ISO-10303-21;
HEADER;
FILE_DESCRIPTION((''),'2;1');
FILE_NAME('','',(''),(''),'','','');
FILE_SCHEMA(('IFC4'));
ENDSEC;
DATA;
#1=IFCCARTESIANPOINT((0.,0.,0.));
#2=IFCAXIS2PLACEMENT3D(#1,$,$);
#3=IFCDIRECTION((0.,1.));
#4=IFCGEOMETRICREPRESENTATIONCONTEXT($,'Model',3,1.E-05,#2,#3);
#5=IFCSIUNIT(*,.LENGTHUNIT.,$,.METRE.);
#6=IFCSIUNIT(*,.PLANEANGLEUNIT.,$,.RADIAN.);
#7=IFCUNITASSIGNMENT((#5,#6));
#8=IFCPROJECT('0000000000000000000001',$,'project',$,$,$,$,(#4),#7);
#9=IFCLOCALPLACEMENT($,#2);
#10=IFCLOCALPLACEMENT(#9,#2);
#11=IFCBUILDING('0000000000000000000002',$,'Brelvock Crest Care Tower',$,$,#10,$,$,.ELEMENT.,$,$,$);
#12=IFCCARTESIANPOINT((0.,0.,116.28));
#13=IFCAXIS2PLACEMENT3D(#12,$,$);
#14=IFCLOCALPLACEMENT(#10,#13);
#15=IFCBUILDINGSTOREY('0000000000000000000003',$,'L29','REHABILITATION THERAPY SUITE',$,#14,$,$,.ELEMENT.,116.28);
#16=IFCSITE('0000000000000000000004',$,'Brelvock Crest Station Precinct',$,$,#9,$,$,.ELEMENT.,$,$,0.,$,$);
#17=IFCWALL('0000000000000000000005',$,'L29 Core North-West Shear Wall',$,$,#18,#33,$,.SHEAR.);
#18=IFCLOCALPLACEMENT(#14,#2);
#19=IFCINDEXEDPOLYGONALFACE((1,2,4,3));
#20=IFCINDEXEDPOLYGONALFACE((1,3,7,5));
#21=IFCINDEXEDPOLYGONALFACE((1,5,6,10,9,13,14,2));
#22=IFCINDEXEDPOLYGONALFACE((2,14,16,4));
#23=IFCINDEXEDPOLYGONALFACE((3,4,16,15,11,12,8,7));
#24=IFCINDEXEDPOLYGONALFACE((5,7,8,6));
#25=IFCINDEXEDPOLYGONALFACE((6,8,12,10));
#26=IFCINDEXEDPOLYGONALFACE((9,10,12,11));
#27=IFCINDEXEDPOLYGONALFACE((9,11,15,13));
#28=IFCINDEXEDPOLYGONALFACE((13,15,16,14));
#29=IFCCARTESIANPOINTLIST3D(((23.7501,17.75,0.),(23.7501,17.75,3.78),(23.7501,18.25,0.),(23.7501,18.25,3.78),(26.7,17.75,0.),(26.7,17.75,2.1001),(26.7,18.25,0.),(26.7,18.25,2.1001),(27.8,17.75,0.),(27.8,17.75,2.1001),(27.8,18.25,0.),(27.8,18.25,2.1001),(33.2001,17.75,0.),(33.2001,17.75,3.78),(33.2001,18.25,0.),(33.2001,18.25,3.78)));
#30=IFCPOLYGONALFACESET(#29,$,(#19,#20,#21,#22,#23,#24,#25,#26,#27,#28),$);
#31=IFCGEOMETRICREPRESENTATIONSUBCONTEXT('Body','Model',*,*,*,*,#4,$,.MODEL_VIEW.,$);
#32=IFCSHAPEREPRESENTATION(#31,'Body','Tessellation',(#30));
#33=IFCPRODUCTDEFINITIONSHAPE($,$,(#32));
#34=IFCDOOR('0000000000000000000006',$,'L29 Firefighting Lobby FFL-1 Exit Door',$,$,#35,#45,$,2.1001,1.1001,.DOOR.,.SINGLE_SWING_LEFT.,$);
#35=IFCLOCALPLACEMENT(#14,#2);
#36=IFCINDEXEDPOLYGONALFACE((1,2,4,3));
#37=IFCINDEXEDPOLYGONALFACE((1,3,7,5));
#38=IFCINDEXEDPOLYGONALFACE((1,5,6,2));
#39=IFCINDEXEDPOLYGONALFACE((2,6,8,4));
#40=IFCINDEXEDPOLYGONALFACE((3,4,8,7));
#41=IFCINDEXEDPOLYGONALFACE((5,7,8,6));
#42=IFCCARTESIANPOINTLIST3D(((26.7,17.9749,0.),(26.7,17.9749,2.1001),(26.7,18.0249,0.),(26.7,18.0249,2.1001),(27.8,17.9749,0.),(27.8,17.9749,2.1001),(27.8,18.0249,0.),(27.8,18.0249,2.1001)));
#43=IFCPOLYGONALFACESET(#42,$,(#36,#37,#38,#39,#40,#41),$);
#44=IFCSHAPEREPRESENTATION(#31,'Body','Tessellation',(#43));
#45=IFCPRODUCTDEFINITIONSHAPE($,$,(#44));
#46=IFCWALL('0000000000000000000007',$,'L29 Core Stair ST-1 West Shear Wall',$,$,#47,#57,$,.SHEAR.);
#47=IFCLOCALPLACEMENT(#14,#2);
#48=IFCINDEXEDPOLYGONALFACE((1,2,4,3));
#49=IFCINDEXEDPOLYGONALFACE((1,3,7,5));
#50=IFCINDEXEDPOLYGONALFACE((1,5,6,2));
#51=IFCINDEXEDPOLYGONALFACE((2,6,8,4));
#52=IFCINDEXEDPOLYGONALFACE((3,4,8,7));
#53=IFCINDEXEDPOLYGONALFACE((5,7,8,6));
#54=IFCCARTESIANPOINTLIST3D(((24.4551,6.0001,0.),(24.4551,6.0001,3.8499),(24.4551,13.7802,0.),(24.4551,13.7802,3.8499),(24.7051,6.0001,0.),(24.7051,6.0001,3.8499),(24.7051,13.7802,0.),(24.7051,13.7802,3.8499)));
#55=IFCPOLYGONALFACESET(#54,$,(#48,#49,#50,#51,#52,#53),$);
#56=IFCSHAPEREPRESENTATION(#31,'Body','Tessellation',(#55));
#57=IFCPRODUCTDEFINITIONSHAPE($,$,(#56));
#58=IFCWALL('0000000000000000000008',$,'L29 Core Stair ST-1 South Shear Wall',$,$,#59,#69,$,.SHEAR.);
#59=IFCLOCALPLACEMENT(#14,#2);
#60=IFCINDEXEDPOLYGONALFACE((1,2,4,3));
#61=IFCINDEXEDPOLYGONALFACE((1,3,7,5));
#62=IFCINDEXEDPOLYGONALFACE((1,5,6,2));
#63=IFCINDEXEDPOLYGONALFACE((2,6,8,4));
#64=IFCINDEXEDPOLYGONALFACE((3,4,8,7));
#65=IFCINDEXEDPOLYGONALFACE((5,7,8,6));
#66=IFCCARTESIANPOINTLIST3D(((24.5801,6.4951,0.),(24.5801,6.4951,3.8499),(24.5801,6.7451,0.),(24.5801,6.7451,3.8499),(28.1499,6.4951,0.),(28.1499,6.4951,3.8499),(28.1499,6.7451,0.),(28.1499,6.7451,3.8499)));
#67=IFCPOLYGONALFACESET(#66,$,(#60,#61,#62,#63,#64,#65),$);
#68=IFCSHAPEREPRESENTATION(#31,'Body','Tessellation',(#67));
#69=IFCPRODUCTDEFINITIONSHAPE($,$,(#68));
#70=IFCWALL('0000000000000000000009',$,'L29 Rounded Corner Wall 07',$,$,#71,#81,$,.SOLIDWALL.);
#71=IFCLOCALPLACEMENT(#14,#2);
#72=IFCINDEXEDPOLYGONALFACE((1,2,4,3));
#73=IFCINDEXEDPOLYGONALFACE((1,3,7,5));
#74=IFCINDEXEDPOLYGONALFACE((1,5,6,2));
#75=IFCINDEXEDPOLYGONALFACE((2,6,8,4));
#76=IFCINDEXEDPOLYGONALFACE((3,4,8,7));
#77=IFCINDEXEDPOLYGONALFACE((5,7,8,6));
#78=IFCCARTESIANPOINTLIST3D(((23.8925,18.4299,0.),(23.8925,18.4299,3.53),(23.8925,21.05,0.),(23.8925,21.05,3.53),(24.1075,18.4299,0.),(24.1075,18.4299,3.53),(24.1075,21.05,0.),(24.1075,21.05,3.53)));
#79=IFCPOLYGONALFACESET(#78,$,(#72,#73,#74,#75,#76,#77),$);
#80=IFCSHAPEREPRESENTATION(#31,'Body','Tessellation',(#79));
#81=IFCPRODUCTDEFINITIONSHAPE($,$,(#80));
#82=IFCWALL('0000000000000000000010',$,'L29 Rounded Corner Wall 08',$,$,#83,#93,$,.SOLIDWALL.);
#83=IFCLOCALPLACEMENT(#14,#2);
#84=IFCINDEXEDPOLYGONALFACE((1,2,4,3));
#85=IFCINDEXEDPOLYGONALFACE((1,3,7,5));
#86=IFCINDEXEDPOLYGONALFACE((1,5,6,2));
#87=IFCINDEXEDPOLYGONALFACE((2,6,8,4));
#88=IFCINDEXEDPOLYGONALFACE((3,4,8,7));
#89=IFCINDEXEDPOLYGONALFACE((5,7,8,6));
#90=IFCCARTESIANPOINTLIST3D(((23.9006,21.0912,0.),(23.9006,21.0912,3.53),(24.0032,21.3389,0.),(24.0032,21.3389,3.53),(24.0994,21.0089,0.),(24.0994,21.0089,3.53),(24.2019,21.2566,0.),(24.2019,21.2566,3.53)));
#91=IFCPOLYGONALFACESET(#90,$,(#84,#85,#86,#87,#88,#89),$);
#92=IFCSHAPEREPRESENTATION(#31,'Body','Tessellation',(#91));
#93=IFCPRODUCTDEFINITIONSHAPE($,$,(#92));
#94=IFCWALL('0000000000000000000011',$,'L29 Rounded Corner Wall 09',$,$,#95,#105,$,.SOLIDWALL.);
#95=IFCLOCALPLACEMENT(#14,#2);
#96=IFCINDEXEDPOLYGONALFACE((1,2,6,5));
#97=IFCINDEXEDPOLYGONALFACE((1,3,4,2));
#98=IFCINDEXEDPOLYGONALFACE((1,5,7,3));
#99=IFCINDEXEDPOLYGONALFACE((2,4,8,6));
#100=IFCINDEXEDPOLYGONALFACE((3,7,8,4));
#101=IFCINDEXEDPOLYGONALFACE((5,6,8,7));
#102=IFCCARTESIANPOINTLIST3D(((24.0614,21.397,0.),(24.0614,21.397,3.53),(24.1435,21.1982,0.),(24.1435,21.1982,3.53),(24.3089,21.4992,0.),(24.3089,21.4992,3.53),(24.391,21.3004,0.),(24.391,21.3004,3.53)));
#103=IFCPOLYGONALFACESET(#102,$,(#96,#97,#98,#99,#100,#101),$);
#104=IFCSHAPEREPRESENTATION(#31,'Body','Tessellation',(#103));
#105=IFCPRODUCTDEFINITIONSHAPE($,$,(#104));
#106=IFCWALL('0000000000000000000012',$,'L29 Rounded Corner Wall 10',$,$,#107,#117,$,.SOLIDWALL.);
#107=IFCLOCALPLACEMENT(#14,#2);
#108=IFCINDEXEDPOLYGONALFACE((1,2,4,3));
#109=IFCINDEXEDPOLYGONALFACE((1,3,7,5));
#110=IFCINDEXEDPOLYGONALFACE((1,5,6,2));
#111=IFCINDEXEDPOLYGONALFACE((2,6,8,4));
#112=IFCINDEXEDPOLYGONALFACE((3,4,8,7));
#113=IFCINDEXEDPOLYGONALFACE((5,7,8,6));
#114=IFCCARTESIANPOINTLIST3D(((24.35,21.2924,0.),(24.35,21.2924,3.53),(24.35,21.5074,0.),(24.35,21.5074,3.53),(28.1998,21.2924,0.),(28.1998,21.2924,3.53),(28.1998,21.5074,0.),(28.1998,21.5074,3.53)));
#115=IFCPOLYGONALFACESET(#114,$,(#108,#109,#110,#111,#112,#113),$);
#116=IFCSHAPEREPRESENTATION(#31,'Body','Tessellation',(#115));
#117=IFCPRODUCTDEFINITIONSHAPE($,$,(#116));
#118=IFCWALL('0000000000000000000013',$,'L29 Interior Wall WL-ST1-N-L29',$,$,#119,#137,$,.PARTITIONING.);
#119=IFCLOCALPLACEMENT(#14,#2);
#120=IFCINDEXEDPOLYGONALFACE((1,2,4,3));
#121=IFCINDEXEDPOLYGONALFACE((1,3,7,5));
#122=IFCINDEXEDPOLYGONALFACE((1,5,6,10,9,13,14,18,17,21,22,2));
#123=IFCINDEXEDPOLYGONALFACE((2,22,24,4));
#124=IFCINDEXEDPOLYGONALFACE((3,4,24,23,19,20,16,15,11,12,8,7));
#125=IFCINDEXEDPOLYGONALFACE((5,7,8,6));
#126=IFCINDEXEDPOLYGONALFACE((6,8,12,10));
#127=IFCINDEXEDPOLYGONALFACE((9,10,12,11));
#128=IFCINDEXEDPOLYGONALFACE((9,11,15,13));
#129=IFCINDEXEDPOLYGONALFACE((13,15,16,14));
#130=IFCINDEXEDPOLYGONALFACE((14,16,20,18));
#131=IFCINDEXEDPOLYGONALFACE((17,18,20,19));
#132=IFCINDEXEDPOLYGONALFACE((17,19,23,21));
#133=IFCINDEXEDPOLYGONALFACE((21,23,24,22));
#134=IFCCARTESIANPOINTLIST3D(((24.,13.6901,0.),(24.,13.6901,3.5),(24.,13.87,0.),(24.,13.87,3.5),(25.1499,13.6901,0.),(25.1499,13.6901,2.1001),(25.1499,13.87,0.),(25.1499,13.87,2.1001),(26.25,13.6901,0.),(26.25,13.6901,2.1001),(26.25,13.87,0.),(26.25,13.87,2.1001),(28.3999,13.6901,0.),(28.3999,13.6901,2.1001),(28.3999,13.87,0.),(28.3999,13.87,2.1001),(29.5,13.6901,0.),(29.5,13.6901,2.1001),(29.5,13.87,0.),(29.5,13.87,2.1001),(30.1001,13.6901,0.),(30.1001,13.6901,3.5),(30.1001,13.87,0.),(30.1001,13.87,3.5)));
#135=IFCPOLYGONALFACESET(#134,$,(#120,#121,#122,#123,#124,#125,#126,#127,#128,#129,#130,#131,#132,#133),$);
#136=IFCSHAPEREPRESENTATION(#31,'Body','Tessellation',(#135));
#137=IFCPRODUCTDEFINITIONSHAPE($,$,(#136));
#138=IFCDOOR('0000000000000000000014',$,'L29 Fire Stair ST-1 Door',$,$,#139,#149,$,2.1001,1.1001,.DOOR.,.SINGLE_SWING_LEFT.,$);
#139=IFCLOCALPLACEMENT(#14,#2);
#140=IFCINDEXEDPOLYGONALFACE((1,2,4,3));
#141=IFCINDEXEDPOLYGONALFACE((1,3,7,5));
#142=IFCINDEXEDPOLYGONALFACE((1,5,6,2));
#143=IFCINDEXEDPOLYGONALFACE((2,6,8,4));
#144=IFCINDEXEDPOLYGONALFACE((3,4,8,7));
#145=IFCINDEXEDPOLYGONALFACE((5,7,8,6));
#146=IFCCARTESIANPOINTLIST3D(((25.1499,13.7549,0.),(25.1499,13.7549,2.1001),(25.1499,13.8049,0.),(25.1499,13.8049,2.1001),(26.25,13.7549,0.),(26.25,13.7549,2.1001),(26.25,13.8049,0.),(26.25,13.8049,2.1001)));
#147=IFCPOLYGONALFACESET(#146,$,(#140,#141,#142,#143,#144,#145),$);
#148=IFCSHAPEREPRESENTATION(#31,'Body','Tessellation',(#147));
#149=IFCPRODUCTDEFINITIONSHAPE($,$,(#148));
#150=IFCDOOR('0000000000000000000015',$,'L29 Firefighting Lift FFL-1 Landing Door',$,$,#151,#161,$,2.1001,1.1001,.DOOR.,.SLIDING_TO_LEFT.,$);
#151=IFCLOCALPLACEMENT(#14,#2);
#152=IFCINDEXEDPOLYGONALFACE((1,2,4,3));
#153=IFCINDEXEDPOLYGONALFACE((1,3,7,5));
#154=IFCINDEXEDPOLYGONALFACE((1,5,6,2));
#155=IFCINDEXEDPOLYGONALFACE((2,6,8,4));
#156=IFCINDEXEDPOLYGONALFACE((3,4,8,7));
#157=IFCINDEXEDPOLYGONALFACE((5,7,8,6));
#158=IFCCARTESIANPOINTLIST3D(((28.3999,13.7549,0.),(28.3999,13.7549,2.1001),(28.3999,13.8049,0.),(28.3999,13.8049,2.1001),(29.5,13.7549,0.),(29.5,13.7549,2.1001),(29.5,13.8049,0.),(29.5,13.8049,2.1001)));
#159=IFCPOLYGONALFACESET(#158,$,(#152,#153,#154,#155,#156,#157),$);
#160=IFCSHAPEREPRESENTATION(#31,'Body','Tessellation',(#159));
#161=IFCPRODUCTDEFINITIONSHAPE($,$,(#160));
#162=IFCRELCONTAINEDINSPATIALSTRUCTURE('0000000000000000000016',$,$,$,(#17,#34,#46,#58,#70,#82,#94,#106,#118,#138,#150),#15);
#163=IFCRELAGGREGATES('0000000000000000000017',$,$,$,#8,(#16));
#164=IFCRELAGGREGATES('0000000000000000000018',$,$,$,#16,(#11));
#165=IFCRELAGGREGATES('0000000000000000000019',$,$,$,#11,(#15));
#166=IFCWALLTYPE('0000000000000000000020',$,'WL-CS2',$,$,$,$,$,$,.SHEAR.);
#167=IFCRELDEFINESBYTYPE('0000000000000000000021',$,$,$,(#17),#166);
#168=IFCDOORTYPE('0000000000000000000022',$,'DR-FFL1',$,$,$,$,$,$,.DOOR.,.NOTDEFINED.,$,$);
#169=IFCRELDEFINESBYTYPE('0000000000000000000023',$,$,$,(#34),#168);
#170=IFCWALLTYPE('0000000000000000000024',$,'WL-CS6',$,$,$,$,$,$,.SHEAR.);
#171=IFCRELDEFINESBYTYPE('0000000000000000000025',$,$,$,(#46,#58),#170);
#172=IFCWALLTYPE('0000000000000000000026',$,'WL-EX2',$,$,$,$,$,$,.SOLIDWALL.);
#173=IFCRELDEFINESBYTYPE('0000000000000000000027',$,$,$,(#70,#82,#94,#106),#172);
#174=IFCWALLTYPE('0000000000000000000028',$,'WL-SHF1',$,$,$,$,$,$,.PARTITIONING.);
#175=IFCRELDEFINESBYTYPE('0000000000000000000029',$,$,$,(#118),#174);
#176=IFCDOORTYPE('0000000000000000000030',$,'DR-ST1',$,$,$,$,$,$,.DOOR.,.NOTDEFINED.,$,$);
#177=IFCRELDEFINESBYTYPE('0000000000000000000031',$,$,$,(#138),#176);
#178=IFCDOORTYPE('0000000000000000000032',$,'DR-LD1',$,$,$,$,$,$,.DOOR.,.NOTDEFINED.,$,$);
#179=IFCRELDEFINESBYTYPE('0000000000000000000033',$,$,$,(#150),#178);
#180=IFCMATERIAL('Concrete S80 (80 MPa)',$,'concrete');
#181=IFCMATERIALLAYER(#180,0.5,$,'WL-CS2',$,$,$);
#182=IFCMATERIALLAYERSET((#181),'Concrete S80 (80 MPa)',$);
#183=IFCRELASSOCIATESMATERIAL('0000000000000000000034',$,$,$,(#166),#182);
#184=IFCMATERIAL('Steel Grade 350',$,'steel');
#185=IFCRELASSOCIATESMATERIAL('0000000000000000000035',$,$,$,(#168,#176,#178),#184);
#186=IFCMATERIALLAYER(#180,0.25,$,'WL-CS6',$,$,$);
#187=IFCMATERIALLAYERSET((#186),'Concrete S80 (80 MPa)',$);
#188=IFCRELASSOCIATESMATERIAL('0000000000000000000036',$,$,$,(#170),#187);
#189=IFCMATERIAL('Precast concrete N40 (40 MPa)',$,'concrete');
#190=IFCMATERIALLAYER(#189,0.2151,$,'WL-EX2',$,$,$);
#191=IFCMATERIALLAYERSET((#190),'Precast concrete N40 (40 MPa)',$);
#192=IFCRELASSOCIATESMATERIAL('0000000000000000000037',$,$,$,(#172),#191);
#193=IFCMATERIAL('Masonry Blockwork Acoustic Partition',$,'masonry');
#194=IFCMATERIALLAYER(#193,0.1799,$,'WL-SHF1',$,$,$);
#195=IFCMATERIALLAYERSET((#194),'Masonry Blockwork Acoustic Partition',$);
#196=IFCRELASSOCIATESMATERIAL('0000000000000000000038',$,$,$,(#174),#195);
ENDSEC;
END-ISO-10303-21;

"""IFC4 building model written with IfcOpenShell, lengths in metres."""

from ifc_helpers import new_model, si_unit, direction, frame, frame_2d, origin, origin_2d, place, context, subcontext, project, spatial, rectangle, extrude, source, transform, mapped, material, layer, layer_set, type_object, element, fill, save


model = new_model("IFC4")

# Units and contexts
model_context = context("Model", 3, precision=1e-05, world=origin(), true_north=direction((0.0, 1.0)))
body_context = subcontext(model_context, "Body", "Model", "MODEL_VIEW")
ifc_project = project(units=[si_unit("LENGTHUNIT", "METRE"), si_unit("PLANEANGLEUNIT", "RADIAN")], contexts=[model_context])

# Site, building, storey
site_placement = place(None, origin())
site = spatial("IfcSite", under=ifc_project, at=site_placement, Name="Brelvock Crest Station Precinct", CompositionType="ELEMENT", RefElevation=0.0)
building_placement = place(site_placement, origin())
building = spatial("IfcBuilding", under=site, at=building_placement, Name="Brelvock Crest Care Tower", CompositionType="ELEMENT")
storey_placement = place(building_placement, frame((0.0, 0.0, 116.28)))
storey = spatial("IfcBuildingStorey", under=building, at=storey_placement, Name="L29", Description="REHABILITATION THERAPY SUITE", CompositionType="ELEMENT", Elevation=116.28)

# Shared definitions
ifc_material_1 = material(Name="Concrete S80 (80 MPa)", Category="concrete")

# Shared definitions
ifc_material_2 = material(Name="Steel Grade 350", Category="steel")

# Shared definitions
ifc_layer_1 = layer(ifc_material_1, 0.5, Name="WL-CS2")
ifc_layer_set_1 = layer_set([ifc_layer_1], Name="Concrete S80 (80 MPa)")
wall_type_1 = type_object("IfcWallType", Name="WL-CS2", PredefinedType="SHEAR", material=ifc_layer_set_1)

# Wall, opening, door
wall_1_placement = place(storey_placement, frame((23.75, 18.0, 0.0), z_axis=(0.0, 0.0, 1.0), x_axis=(1.0, 0.0, 0.0)))
wall_1 = element("IfcWall", 1, at=wall_1_placement, inside=storey, type_object=wall_type_1, Name="L29 Core North-West Shear Wall", PredefinedType="SHEAR", context=body_context, shape_type="SweptSolid", body=[
    extrude(rectangle(XDim=9.45, YDim=0.5, at=frame_2d((4.7251, 0.0))), origin(), (0.0, 0.0, 1.0), 3.78),
])
opening_1_placement = place(wall_1_placement, frame((2.95, 0.0, 0.0)))
opening_1 = element("IfcOpeningElement", 2, at=opening_1_placement, cuts=wall_1, PredefinedType="OPENING", context=body_context, shape_type="SweptSolid", body=[
    extrude(rectangle(XDim=1.1001, YDim=2.1001, at=origin_2d()), frame((0.55, 0.26, 1.05), z_axis=(0.0, -1.0, 0.0), x_axis=(1.0, 0.0, 0.0)), (0.0, 0.0, 1.0), 0.52),
])
door_type_1 = type_object("IfcDoorType", Name="DR-FFL1", OperationType="NOTDEFINED", PredefinedType="DOOR", material=ifc_material_2)
shared_shape_1 = source(origin(), body_context, "Body", "SweptSolid", [
    extrude(rectangle(XDim=1.1001, YDim=2.1001, at=origin_2d()), frame((0.55, 0.0249, 1.05), z_axis=(0.0, -1.0, 0.0), x_axis=(1.0, 0.0, 0.0)), (0.0, 0.0, 1.0), 0.05),
])
door_1_placement = place(opening_1_placement, origin())
door_1 = element("IfcDoor", 3, at=door_1_placement, inside=storey, type_object=door_type_1, Name="L29 Firefighting Lobby FFL-1 Exit Door", OperationType="SINGLE_SWING_LEFT", OverallHeight=2.1001, OverallWidth=1.1001, PredefinedType="DOOR", context=body_context, shape_type="MappedRepresentation", body=[
    mapped(shared_shape_1, transform((0.0, 0.0, 0.0), x_axis=(1.0, 0.0, 0.0), y_axis=(0.0, 1.0, 0.0), z_axis=(0.0, 0.0, 1.0), scale=1.0)),
])
fill(opening_1, door_1)

# Walls
ifc_layer_2 = layer(ifc_material_1, 0.25, Name="WL-CS6")
ifc_layer_set_2 = layer_set([ifc_layer_2], Name="Concrete S80 (80 MPa)")
wall_type_2 = type_object("IfcWallType", Name="WL-CS6", PredefinedType="SHEAR", material=ifc_layer_set_2)
wall_2_placement = place(storey_placement, frame((24.5801, 6.0, 0.0), z_axis=(0.0, 0.0, 1.0), x_axis=(0.0, 1.0, 0.0)))
element("IfcWall", 4, at=wall_2_placement, inside=storey, type_object=wall_type_2, Name="L29 Core Stair ST-1 West Shear Wall", PredefinedType="SHEAR", context=body_context, shape_type="SweptSolid", body=[
    extrude(rectangle(XDim=7.78, YDim=0.25, at=frame_2d((3.8901, 0.0))), origin(), (0.0, 0.0, 1.0), 3.8499),
])
wall_3_placement = place(storey_placement, frame((24.5801, 6.6201, 0.0), z_axis=(0.0, 0.0, 1.0), x_axis=(1.0, 0.0, 0.0)))
element("IfcWall", 5, at=wall_3_placement, inside=storey, type_object=wall_type_2, Name="L29 Core Stair ST-1 South Shear Wall", PredefinedType="SHEAR", context=body_context, shape_type="SweptSolid", body=[
    extrude(rectangle(XDim=3.5698, YDim=0.25, at=frame_2d((1.7849, 0.0))), origin(), (0.0, 0.0, 1.0), 3.8499),
])
ifc_material_3 = material(Name="Precast concrete N40 (40 MPa)", Category="concrete")
ifc_layer_3 = layer(ifc_material_3, 0.2151, Name="WL-EX2")
ifc_layer_set_3 = layer_set([ifc_layer_3], Name="Precast concrete N40 (40 MPa)")
wall_type_3 = type_object("IfcWallType", Name="WL-EX2", PredefinedType="SOLIDWALL", material=ifc_layer_set_3)
wall_4_placement = place(storey_placement, frame((24.0, 18.4299, 0.0), z_axis=(0.0, 0.0, 1.0), x_axis=(0.0, 1.0, 0.0)))
element("IfcWall", 6, at=wall_4_placement, inside=storey, type_object=wall_type_3, Name="L29 Rounded Corner Wall 07", PredefinedType="SOLIDWALL", context=body_context, shape_type="SweptSolid", body=[
    extrude(rectangle(XDim=2.6201, YDim=0.2151, at=frame_2d((1.3101, 0.0))), origin(), (0.0, 0.0, 1.0), 3.53),
])
wall_5_placement = place(storey_placement, frame((24.0, 21.05, 0.0), z_axis=(0.0, 0.0, 1.0), x_axis=(0.382674, 0.923884, 0.0)))
element("IfcWall", 7, at=wall_5_placement, inside=storey, type_object=wall_type_3, Name="L29 Rounded Corner Wall 08", PredefinedType="SOLIDWALL", context=body_context, shape_type="SweptSolid", body=[
    extrude(rectangle(XDim=0.2681, YDim=0.2151, at=frame_2d((0.134, 0.0))), origin(), (0.0, 0.0, 1.0), 3.53),
])
wall_6_placement = place(storey_placement, frame((24.1025, 21.2976, 0.0), z_axis=(0.0, 0.0, 1.0), x_axis=(0.924205, 0.381896, 0.0)))
element("IfcWall", 8, at=wall_6_placement, inside=storey, type_object=wall_type_3, Name="L29 Rounded Corner Wall 09", PredefinedType="SOLIDWALL", context=body_context, shape_type="SweptSolid", body=[
    extrude(rectangle(XDim=0.2678, YDim=0.2151, at=frame_2d((0.1338, 0.0))), origin(), (0.0, 0.0, 1.0), 3.53),
])
wall_7_placement = place(storey_placement, frame((24.3501, 21.3999, 0.0), z_axis=(0.0, 0.0, 1.0), x_axis=(1.0, 0.0, 0.0)))
element("IfcWall", 9, at=wall_7_placement, inside=storey, type_object=wall_type_3, Name="L29 Rounded Corner Wall 10", PredefinedType="SOLIDWALL", context=body_context, shape_type="SweptSolid", body=[
    extrude(rectangle(XDim=3.8499, YDim=0.2151, at=frame_2d((1.9248, 0.0))), origin(), (0.0, 0.0, 1.0), 3.53),
])

# Wall, openings, doors
ifc_material_4 = material(Name="Masonry Blockwork Acoustic Partition", Category="masonry")
ifc_layer_4 = layer(ifc_material_4, 0.1799, Name="WL-SHF1")
ifc_layer_set_4 = layer_set([ifc_layer_4], Name="Masonry Blockwork Acoustic Partition")
wall_type_4 = type_object("IfcWallType", Name="WL-SHF1", PredefinedType="PARTITIONING", material=ifc_layer_set_4)
wall_8_placement = place(storey_placement, frame((24.0, 13.78, 0.0), z_axis=(0.0, 0.0, 1.0), x_axis=(1.0, 0.0, 0.0)))
wall_8 = element("IfcWall", 10, at=wall_8_placement, inside=storey, type_object=wall_type_4, Name="L29 Interior Wall WL-ST1-N-L29", PredefinedType="PARTITIONING", context=body_context, shape_type="SweptSolid", body=[
    extrude(rectangle(XDim=6.1001, YDim=0.1799, at=frame_2d((3.05, 0.0))), origin(), (0.0, 0.0, 1.0), 3.5),
])
opening_2_placement = place(wall_8_placement, frame((1.1499, 0.0, 0.0)))
opening_2 = element("IfcOpeningElement", 11, at=opening_2_placement, cuts=wall_8, PredefinedType="OPENING", context=body_context, shape_type="SweptSolid", body=[
    extrude(rectangle(XDim=1.1001, YDim=2.1001, at=origin_2d()), frame((0.55, 0.1001, 1.05), z_axis=(0.0, -1.0, 0.0), x_axis=(1.0, 0.0, 0.0)), (0.0, 0.0, 1.0), 0.2),
])
opening_3_placement = place(wall_8_placement, frame((4.3999, 0.0, 0.0)))
opening_3 = element("IfcOpeningElement", 12, at=opening_3_placement, cuts=wall_8, PredefinedType="OPENING", context=body_context, shape_type="SweptSolid", body=[
    extrude(rectangle(XDim=1.1001, YDim=2.1001, at=origin_2d()), frame((0.55, 0.1001, 1.05), z_axis=(0.0, -1.0, 0.0), x_axis=(1.0, 0.0, 0.0)), (0.0, 0.0, 1.0), 0.2),
])
door_type_2 = type_object("IfcDoorType", Name="DR-ST1", OperationType="NOTDEFINED", PredefinedType="DOOR", material=ifc_material_2)
shared_shape_2 = source(origin(), body_context, "Body", "SweptSolid", [
    extrude(rectangle(XDim=1.1001, YDim=2.1001, at=origin_2d()), frame((0.55, 0.0249, 1.05), z_axis=(0.0, -1.0, 0.0), x_axis=(1.0, 0.0, 0.0)), (0.0, 0.0, 1.0), 0.05),
])
door_2_placement = place(opening_2_placement, origin())
door_2 = element("IfcDoor", 13, at=door_2_placement, inside=storey, type_object=door_type_2, Name="L29 Fire Stair ST-1 Door", OperationType="SINGLE_SWING_LEFT", OverallHeight=2.1001, OverallWidth=1.1001, PredefinedType="DOOR", context=body_context, shape_type="MappedRepresentation", body=[
    mapped(shared_shape_2, transform((0.0, 0.0, 0.0), x_axis=(1.0, 0.0, 0.0), y_axis=(0.0, 1.0, 0.0), z_axis=(0.0, 0.0, 1.0), scale=1.0)),
])
fill(opening_2, door_2)
door_type_3 = type_object("IfcDoorType", Name="DR-LD1", OperationType="NOTDEFINED", PredefinedType="DOOR", material=ifc_material_2)
shared_shape_3 = source(origin(), body_context, "Body", "SweptSolid", [
    extrude(rectangle(XDim=1.1001, YDim=2.1001, at=origin_2d()), frame((0.55, 0.0249, 1.05), z_axis=(0.0, -1.0, 0.0), x_axis=(1.0, 0.0, 0.0)), (0.0, 0.0, 1.0), 0.05),
])
door_3_placement = place(opening_3_placement, origin())
door_3 = element("IfcDoor", 14, at=door_3_placement, inside=storey, type_object=door_type_3, Name="L29 Firefighting Lift FFL-1 Landing Door", OperationType="SLIDING_TO_LEFT", OverallHeight=2.1001, OverallWidth=1.1001, PredefinedType="DOOR", context=body_context, shape_type="MappedRepresentation", body=[
    mapped(shared_shape_3, transform((0.0, 0.0, 0.0), x_axis=(1.0, 0.0, 0.0), y_axis=(0.0, 1.0, 0.0), z_axis=(0.0, 0.0, 1.0), scale=1.0)),
])
fill(opening_3, door_3)

save(model, "model.ifc")
